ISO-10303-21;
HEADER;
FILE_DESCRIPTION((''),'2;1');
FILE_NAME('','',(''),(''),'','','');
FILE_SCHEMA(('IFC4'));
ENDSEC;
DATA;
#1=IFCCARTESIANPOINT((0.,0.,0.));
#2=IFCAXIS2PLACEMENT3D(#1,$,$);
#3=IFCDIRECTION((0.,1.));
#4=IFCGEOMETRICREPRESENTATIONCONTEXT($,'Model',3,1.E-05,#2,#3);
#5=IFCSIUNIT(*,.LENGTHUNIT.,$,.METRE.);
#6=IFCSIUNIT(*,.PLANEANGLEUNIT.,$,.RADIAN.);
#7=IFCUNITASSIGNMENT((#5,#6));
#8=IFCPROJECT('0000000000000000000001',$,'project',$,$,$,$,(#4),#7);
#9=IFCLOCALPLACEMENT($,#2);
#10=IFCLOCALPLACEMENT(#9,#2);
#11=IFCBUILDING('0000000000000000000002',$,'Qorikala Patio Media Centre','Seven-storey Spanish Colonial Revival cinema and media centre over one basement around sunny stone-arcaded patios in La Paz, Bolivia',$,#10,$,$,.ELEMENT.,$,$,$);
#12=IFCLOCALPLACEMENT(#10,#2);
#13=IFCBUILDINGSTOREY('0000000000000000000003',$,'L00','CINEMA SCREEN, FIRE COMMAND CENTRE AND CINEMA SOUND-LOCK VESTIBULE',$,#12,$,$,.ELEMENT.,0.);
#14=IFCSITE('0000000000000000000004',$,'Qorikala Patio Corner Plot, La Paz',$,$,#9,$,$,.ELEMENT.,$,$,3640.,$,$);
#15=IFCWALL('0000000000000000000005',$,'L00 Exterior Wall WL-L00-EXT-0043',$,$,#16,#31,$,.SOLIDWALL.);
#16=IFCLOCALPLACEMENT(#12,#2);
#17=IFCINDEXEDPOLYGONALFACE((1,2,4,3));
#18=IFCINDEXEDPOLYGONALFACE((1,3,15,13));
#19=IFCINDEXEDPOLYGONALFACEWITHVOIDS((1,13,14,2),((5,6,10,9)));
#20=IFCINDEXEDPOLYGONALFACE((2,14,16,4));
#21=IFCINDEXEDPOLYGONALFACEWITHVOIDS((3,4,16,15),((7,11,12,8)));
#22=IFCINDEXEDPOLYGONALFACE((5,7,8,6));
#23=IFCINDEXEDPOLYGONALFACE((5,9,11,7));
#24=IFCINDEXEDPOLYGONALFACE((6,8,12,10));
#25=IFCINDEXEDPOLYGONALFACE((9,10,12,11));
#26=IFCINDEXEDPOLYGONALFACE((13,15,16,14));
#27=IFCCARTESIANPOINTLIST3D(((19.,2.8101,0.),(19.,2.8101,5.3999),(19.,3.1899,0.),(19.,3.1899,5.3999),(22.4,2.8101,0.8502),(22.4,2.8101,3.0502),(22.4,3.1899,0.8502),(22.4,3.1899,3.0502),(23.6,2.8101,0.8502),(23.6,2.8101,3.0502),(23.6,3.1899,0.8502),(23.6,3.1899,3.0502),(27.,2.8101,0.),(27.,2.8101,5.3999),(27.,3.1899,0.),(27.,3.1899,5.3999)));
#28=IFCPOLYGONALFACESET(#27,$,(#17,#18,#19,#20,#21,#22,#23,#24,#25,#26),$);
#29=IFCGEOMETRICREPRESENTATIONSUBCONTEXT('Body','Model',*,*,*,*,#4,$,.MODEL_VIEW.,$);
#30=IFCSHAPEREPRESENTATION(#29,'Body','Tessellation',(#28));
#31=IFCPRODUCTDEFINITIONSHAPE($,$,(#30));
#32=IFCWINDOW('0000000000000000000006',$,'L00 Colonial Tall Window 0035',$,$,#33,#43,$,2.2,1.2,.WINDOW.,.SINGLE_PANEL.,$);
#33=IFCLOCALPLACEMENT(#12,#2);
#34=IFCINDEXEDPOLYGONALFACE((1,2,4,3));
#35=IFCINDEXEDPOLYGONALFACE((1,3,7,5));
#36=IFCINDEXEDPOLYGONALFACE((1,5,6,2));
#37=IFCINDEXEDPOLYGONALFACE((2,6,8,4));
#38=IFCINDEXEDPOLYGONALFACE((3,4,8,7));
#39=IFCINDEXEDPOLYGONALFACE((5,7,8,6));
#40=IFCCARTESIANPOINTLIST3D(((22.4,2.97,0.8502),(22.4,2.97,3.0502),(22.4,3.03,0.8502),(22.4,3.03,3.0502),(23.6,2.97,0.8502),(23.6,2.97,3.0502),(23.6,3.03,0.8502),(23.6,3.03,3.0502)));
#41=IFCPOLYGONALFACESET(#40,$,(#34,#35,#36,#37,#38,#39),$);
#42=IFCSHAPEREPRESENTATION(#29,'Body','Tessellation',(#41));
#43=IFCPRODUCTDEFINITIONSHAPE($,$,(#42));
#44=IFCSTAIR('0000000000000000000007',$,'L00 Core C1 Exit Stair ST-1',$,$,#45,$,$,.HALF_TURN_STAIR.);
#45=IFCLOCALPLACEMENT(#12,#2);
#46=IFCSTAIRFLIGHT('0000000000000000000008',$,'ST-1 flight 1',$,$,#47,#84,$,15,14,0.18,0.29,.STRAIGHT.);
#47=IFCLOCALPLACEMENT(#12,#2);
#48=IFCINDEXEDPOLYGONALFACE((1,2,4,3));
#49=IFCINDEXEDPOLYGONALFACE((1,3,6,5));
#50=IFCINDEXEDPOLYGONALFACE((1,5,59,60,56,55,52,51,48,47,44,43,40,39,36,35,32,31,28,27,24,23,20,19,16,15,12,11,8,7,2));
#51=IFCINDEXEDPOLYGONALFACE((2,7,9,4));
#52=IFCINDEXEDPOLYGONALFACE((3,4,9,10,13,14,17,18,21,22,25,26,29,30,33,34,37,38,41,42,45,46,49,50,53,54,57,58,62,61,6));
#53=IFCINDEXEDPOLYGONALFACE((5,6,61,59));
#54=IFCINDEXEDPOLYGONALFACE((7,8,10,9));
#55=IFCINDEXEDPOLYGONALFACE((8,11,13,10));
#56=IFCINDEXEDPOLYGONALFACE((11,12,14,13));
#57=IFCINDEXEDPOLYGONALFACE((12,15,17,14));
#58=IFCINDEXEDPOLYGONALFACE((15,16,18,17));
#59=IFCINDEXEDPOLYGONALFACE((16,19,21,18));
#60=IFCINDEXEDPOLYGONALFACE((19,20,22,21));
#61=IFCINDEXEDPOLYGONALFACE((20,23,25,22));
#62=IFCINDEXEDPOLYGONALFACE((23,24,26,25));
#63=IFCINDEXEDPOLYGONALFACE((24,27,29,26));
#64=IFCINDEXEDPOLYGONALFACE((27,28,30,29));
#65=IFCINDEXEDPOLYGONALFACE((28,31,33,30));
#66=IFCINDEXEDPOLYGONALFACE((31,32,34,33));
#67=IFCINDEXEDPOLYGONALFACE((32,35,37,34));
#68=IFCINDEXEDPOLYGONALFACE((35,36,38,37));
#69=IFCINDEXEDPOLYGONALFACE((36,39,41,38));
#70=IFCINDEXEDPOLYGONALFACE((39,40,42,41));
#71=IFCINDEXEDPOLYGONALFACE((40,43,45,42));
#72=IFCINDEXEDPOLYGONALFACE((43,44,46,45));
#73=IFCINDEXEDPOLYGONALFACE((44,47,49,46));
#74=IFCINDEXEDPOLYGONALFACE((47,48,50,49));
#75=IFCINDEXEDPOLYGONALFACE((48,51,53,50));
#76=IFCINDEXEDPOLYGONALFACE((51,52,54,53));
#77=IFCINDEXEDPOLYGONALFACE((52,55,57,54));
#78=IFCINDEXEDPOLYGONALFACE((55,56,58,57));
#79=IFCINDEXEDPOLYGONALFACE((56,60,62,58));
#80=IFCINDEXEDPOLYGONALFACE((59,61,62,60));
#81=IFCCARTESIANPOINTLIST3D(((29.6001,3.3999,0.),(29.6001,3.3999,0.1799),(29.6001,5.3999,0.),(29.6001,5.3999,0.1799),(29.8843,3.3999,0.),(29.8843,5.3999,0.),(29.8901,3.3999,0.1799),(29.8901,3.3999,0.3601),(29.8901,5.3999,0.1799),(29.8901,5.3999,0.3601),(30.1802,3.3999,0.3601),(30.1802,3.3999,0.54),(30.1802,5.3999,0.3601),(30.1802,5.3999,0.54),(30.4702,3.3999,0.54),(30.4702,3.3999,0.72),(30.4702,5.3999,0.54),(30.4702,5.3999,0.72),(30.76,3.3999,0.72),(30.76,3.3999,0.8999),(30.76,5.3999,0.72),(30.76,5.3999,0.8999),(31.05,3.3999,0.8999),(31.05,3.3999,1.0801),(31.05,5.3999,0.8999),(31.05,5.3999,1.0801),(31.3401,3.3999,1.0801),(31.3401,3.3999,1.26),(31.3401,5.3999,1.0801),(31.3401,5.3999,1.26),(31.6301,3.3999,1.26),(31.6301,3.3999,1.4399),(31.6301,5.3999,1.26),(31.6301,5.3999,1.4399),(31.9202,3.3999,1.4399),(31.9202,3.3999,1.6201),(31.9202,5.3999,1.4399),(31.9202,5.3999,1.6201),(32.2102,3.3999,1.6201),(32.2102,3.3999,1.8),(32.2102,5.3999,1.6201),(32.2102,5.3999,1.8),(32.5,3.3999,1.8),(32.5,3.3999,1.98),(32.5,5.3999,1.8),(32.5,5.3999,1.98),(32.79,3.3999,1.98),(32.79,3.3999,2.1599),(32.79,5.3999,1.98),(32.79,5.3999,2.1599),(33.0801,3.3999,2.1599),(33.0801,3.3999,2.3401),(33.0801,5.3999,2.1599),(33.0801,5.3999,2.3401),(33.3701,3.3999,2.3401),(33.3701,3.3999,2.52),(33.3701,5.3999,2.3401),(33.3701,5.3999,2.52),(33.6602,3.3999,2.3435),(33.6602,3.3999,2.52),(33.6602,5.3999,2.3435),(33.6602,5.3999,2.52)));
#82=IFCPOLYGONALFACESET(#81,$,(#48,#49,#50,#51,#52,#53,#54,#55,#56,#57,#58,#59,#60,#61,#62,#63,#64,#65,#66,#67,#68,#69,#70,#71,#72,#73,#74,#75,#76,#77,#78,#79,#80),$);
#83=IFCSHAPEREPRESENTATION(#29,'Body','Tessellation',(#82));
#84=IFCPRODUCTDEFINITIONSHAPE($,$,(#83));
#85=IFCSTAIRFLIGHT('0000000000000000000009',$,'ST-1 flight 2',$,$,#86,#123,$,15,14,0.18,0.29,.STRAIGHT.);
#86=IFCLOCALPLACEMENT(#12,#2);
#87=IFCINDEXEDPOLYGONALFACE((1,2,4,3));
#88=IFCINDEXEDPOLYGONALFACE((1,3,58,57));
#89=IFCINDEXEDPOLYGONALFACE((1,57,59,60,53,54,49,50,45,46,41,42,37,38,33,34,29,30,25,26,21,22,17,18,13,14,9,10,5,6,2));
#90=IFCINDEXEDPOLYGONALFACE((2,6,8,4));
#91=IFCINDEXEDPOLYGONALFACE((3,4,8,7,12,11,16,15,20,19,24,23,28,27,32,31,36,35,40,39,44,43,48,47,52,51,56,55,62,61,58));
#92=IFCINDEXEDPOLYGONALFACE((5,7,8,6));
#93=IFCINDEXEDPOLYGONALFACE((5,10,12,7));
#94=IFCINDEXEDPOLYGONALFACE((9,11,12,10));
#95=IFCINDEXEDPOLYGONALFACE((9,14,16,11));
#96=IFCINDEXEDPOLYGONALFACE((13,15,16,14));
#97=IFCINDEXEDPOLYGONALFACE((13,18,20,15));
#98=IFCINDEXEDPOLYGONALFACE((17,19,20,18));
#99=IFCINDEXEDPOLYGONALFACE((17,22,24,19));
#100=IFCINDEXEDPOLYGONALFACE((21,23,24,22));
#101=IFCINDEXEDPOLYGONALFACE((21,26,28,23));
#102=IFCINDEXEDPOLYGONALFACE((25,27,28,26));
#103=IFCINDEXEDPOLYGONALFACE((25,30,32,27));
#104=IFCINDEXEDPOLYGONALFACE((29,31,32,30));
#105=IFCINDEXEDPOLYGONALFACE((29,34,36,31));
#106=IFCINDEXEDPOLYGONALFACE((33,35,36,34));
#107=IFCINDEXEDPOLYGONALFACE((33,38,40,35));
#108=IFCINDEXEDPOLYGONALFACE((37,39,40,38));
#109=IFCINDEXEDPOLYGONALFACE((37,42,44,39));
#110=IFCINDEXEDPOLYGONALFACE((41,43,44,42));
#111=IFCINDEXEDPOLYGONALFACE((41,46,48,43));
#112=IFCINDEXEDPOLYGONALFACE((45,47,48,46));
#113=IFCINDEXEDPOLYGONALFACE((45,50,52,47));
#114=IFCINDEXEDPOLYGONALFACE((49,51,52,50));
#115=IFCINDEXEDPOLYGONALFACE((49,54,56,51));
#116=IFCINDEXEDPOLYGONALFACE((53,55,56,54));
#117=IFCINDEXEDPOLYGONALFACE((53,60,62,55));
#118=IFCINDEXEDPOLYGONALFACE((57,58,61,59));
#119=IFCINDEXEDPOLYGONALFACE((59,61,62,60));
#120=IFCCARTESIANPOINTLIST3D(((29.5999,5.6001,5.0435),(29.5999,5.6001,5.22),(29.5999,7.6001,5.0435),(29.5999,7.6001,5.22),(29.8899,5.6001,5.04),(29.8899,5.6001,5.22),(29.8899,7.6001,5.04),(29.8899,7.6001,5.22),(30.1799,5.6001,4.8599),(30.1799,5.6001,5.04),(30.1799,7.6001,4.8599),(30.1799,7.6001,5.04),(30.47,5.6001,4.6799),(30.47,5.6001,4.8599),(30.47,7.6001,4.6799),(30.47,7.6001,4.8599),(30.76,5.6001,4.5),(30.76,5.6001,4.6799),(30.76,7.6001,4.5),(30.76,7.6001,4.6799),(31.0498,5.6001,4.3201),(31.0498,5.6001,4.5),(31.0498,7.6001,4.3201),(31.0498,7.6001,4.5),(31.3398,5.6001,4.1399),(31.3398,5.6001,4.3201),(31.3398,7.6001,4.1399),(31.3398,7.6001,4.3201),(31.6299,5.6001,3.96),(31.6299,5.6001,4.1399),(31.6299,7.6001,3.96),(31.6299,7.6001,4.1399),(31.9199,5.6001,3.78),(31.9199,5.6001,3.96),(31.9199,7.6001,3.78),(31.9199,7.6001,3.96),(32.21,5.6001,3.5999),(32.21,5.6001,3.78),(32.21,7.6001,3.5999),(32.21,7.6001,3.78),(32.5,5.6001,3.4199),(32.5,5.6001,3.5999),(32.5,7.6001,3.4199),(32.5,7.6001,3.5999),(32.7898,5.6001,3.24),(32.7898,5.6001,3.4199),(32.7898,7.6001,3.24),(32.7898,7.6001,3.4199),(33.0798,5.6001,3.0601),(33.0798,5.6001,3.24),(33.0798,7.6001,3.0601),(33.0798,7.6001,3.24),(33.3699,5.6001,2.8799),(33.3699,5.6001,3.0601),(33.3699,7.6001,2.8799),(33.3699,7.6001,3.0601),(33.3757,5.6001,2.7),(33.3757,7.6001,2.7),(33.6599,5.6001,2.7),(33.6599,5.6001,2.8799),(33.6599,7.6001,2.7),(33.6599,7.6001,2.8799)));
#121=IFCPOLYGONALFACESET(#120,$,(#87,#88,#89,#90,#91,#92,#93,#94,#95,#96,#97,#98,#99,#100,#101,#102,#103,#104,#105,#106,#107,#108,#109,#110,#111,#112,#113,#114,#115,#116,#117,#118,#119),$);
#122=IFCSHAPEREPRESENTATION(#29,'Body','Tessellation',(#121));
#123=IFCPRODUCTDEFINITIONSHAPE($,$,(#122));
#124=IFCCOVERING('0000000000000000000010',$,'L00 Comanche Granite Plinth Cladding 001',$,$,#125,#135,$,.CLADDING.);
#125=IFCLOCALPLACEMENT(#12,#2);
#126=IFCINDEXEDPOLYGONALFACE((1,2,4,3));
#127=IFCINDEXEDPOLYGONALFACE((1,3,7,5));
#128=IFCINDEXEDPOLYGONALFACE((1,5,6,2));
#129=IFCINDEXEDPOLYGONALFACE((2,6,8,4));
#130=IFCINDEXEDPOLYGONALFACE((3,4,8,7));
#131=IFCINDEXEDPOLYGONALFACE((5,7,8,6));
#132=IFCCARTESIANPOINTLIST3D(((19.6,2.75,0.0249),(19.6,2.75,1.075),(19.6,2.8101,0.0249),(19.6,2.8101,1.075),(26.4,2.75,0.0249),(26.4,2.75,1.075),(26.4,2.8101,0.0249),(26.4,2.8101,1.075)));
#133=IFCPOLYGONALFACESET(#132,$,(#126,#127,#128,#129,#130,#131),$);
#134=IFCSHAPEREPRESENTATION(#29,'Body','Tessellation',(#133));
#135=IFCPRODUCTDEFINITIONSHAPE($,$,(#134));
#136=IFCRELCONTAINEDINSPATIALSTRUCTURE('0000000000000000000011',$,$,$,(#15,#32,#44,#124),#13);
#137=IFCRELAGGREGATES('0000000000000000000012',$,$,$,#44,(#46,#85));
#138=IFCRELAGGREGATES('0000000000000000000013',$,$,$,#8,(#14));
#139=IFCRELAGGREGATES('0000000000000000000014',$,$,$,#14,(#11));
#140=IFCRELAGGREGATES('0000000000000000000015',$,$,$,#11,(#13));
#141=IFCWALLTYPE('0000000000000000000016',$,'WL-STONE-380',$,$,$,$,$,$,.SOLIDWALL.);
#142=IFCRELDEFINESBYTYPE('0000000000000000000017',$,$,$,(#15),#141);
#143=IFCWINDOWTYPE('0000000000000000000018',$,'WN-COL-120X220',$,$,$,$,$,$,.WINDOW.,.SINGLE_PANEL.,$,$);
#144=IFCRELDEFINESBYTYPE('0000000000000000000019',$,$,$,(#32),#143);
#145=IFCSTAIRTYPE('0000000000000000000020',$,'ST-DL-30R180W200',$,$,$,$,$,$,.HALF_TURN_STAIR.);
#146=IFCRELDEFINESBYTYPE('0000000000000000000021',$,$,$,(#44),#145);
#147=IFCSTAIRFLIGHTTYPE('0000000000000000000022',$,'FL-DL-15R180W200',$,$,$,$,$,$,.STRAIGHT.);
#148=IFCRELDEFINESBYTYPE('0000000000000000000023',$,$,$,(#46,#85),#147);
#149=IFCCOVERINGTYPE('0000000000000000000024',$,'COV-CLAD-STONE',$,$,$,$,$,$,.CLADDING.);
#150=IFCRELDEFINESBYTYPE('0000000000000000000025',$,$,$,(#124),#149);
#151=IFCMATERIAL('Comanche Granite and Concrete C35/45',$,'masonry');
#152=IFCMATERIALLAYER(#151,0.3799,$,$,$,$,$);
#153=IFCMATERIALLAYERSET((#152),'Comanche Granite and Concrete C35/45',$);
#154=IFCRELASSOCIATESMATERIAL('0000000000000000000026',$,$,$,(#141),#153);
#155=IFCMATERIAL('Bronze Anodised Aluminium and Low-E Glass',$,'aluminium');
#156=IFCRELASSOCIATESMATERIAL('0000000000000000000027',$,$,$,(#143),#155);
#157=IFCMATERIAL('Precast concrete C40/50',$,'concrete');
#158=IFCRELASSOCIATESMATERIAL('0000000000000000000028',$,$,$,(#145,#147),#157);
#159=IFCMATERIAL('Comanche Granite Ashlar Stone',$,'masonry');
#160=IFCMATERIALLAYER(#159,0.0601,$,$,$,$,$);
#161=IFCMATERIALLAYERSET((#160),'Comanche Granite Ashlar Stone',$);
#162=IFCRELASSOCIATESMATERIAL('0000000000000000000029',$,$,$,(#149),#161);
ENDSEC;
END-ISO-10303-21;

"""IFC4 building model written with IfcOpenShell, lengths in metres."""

from ifc_helpers import new_model, si_unit, direction, frame, frame_2d, origin, origin_2d, place, context, subcontext, project, spatial, polyline, rectangle, outline, extrude, material, layer, layer_set, type_object, element, fill, aggregate, save


model = new_model("IFC4")

# Units and contexts
model_context = context("Model", 3, precision=1e-05, world=origin(), true_north=direction((0.0, 1.0)))
body_context = subcontext(model_context, "Body", "Model", "MODEL_VIEW")
ifc_project = project(units=[si_unit("LENGTHUNIT", "METRE"), si_unit("PLANEANGLEUNIT", "RADIAN")], contexts=[model_context])

# Site, building, storey
site_placement = place(None, origin())
site = spatial("IfcSite", under=ifc_project, at=site_placement, Name="Qorikala Patio Corner Plot, La Paz", CompositionType="ELEMENT", RefElevation=3640.0)
building_placement = place(site_placement, origin())
building = spatial("IfcBuilding", under=site, at=building_placement, Name="Qorikala Patio Media Centre", Description="Seven-storey Spanish Colonial Revival cinema and media centre over one basement around sunny stone-arcaded patios in La Paz, Bolivia", CompositionType="ELEMENT")
storey_placement = place(building_placement, origin())
storey = spatial("IfcBuildingStorey", under=building, at=storey_placement, Name="L00", Description="CINEMA SCREEN, FIRE COMMAND CENTRE AND CINEMA SOUND-LOCK VESTIBULE", CompositionType="ELEMENT", Elevation=0.0)

# Wall, opening, window
ifc_material_1 = material(Name="Comanche Granite and Concrete C35/45", Category="masonry")
ifc_layer_1 = layer(ifc_material_1, 0.3799)
ifc_layer_set_1 = layer_set([ifc_layer_1], Name="Comanche Granite and Concrete C35/45")
wall_type_1 = type_object("IfcWallType", Name="WL-STONE-380", PredefinedType="SOLIDWALL", material=ifc_layer_set_1)
wall_1_placement = place(storey_placement, frame((27.0, 3.0, 0.0), z_axis=(0.0, 0.0, 1.0), x_axis=(-1.0, 0.0, 0.0)))
wall_1 = element("IfcWall", 1, at=wall_1_placement, inside=storey, type_object=wall_type_1, Name="L00 Exterior Wall WL-L00-EXT-0043", PredefinedType="SOLIDWALL", context=body_context, shape_type="SweptSolid", body=[
    extrude(rectangle(XDim=8.0, YDim=0.3799, at=frame_2d((4.0, 0.0))), origin(), (0.0, 0.0, 1.0), 5.3999),
])
opening_1_placement = place(wall_1_placement, frame((3.3999, 0.0, 0.8501)))
opening_1 = element("IfcOpeningElement", 2, at=opening_1_placement, cuts=wall_1, PredefinedType="OPENING", context=body_context, shape_type="SweptSolid", body=[
    extrude(rectangle(XDim=1.2, YDim=2.2, at=frame_2d((0.6001, 1.1001))), frame((0.0, 0.2, 0.0), z_axis=(0.0, -1.0, 0.0), x_axis=(1.0, 0.0, 0.0)), (0.0, 0.0, 1.0), 0.3999),
])
ifc_material_2 = material(Name="Bronze Anodised Aluminium and Low-E Glass", Category="aluminium")
window_type = type_object("IfcWindowType", Name="WN-COL-120X220", PartitioningType="SINGLE_PANEL", PredefinedType="WINDOW", material=ifc_material_2)
window_placement = place(opening_1_placement, origin())
window = element("IfcWindow", 3, at=window_placement, inside=storey, type_object=window_type, Name="L00 Colonial Tall Window 0035", OverallHeight=2.2, OverallWidth=1.2, PartitioningType="SINGLE_PANEL", PredefinedType="WINDOW", context=body_context, shape_type="SweptSolid", body=[
    extrude(rectangle(XDim=1.2, YDim=2.2, at=frame_2d((0.6001, 1.1001))), frame((0.0, 0.03, 0.0), z_axis=(0.0, -1.0, 0.0), x_axis=(1.0, 0.0, 0.0)), (0.0, 0.0, 1.0), 0.0601),
])
fill(opening_1, window)

# Stair, stair flights
ifc_material_3 = material(Name="Precast concrete C40/50", Category="concrete")
stair_type = type_object("IfcStairType", Name="ST-DL-30R180W200", PredefinedType="HALF_TURN_STAIR", material=ifc_material_3)
stair_placement = place(storey_placement, origin())
stair = element("IfcStair", 4, at=stair_placement, inside=storey, type_object=stair_type, Name="L00 Core C1 Exit Stair ST-1", PredefinedType="HALF_TURN_STAIR")
stair_flight_type = type_object("IfcStairFlightType", Name="FL-DL-15R180W200", PredefinedType="STRAIGHT", material=ifc_material_3)
stair_flight_1_placement = place(storey_placement, frame((29.6001, 4.3999, 0.0), z_axis=(0.0, 0.0, 1.0), x_axis=(1.0, 0.0, 0.0)))
stair_flight_1 = element("IfcStairFlight", 5, at=stair_flight_1_placement, type_object=stair_flight_type, Name="ST-1 flight 1", NumberOfRisers=15, NumberOfTreads=14, PredefinedType="STRAIGHT", RiserHeight=0.18, TreadLength=0.29, context=body_context, shape_type="SweptSolid", body=[
    extrude(outline(polyline([(0.0, 0.0), (0.0, 0.1799), (0.29, 0.1799), (0.29, 0.3601), (0.5801, 0.3601), (0.5801, 0.54), (0.8701, 0.54), (0.8701, 0.72), (1.1599, 0.72), (1.1599, 0.8999), (1.45, 0.8999), (1.45, 1.0801), (1.74, 1.0801), (1.74, 1.26), (2.03, 1.26), (2.03, 1.4399), (2.3201, 1.4399), (2.3201, 1.6201), (2.6101, 1.6201), (2.6101, 1.8), (2.8999, 1.8), (2.8999, 1.98), (3.1899, 1.98), (3.1899, 2.1599), (3.48, 2.1599), (3.48, 2.3401), (3.77, 2.3401), (3.77, 2.52), (4.0601, 2.52), (4.0601, 2.7), (4.0601, 2.3435), (0.2842, 0.0), (0.0, 0.0)])), frame((0.0, 1.0, 0.0), z_axis=(0.0, -1.0, 0.0), x_axis=(1.0, 0.0, 0.0)), (0.0, 0.0, 1.0), 2.0),
])
stair_flight_2_placement = place(storey_placement, frame((33.6599, 6.6001, 2.7), z_axis=(0.0, 0.0, 1.0), x_axis=(-1.0, 0.0, 0.0)))
stair_flight_2 = element("IfcStairFlight", 6, at=stair_flight_2_placement, type_object=stair_flight_type, Name="ST-1 flight 2", NumberOfRisers=15, NumberOfTreads=14, PredefinedType="STRAIGHT", RiserHeight=0.18, TreadLength=0.29, context=body_context, shape_type="SweptSolid", body=[
    extrude(outline(polyline([(0.0, 0.0), (0.0, 0.1799), (0.29, 0.1799), (0.29, 0.3601), (0.5801, 0.3601), (0.5801, 0.54), (0.8701, 0.54), (0.8701, 0.72), (1.1599, 0.72), (1.1599, 0.8999), (1.45, 0.8999), (1.45, 1.0801), (1.74, 1.0801), (1.74, 1.26), (2.03, 1.26), (2.03, 1.4399), (2.3201, 1.4399), (2.3201, 1.6201), (2.6101, 1.6201), (2.6101, 1.8), (2.8999, 1.8), (2.8999, 1.98), (3.1899, 1.98), (3.1899, 2.1599), (3.48, 2.1599), (3.48, 2.3401), (3.77, 2.3401), (3.77, 2.52), (4.0601, 2.52), (4.0601, 2.7), (4.0601, 2.3435), (0.2842, 0.0), (0.0, 0.0)])), frame((0.0, 1.0, 0.0), z_axis=(0.0, -1.0, 0.0), x_axis=(1.0, 0.0, 0.0)), (0.0, 0.0, 1.0), 2.0),
])
aggregate(stair, [stair_flight_1, stair_flight_2])

# Covering
ifc_material_4 = material(Name="Comanche Granite Ashlar Stone", Category="masonry")
ifc_layer_2 = layer(ifc_material_4, 0.0601)
ifc_layer_set_2 = layer_set([ifc_layer_2], Name="Comanche Granite Ashlar Stone")
covering_type = type_object("IfcCoveringType", Name="COV-CLAD-STONE", PredefinedType="CLADDING", material=ifc_layer_set_2)
covering_placement = place(storey_placement, frame((23.0, 2.78, 0.0249), z_axis=(0.0, 0.0, 1.0), x_axis=(-1.0, 0.0, 0.0)))
element("IfcCovering", 7, at=covering_placement, inside=storey, type_object=covering_type, Name="L00 Comanche Granite Plinth Cladding 001", PredefinedType="CLADDING", context=body_context, shape_type="SweptSolid", body=[
    extrude(rectangle(XDim=6.8, YDim=0.0601, at=origin_2d()), origin(), (0.0, 0.0, 1.0), 1.05),
])

save(model, "model.ifc")
